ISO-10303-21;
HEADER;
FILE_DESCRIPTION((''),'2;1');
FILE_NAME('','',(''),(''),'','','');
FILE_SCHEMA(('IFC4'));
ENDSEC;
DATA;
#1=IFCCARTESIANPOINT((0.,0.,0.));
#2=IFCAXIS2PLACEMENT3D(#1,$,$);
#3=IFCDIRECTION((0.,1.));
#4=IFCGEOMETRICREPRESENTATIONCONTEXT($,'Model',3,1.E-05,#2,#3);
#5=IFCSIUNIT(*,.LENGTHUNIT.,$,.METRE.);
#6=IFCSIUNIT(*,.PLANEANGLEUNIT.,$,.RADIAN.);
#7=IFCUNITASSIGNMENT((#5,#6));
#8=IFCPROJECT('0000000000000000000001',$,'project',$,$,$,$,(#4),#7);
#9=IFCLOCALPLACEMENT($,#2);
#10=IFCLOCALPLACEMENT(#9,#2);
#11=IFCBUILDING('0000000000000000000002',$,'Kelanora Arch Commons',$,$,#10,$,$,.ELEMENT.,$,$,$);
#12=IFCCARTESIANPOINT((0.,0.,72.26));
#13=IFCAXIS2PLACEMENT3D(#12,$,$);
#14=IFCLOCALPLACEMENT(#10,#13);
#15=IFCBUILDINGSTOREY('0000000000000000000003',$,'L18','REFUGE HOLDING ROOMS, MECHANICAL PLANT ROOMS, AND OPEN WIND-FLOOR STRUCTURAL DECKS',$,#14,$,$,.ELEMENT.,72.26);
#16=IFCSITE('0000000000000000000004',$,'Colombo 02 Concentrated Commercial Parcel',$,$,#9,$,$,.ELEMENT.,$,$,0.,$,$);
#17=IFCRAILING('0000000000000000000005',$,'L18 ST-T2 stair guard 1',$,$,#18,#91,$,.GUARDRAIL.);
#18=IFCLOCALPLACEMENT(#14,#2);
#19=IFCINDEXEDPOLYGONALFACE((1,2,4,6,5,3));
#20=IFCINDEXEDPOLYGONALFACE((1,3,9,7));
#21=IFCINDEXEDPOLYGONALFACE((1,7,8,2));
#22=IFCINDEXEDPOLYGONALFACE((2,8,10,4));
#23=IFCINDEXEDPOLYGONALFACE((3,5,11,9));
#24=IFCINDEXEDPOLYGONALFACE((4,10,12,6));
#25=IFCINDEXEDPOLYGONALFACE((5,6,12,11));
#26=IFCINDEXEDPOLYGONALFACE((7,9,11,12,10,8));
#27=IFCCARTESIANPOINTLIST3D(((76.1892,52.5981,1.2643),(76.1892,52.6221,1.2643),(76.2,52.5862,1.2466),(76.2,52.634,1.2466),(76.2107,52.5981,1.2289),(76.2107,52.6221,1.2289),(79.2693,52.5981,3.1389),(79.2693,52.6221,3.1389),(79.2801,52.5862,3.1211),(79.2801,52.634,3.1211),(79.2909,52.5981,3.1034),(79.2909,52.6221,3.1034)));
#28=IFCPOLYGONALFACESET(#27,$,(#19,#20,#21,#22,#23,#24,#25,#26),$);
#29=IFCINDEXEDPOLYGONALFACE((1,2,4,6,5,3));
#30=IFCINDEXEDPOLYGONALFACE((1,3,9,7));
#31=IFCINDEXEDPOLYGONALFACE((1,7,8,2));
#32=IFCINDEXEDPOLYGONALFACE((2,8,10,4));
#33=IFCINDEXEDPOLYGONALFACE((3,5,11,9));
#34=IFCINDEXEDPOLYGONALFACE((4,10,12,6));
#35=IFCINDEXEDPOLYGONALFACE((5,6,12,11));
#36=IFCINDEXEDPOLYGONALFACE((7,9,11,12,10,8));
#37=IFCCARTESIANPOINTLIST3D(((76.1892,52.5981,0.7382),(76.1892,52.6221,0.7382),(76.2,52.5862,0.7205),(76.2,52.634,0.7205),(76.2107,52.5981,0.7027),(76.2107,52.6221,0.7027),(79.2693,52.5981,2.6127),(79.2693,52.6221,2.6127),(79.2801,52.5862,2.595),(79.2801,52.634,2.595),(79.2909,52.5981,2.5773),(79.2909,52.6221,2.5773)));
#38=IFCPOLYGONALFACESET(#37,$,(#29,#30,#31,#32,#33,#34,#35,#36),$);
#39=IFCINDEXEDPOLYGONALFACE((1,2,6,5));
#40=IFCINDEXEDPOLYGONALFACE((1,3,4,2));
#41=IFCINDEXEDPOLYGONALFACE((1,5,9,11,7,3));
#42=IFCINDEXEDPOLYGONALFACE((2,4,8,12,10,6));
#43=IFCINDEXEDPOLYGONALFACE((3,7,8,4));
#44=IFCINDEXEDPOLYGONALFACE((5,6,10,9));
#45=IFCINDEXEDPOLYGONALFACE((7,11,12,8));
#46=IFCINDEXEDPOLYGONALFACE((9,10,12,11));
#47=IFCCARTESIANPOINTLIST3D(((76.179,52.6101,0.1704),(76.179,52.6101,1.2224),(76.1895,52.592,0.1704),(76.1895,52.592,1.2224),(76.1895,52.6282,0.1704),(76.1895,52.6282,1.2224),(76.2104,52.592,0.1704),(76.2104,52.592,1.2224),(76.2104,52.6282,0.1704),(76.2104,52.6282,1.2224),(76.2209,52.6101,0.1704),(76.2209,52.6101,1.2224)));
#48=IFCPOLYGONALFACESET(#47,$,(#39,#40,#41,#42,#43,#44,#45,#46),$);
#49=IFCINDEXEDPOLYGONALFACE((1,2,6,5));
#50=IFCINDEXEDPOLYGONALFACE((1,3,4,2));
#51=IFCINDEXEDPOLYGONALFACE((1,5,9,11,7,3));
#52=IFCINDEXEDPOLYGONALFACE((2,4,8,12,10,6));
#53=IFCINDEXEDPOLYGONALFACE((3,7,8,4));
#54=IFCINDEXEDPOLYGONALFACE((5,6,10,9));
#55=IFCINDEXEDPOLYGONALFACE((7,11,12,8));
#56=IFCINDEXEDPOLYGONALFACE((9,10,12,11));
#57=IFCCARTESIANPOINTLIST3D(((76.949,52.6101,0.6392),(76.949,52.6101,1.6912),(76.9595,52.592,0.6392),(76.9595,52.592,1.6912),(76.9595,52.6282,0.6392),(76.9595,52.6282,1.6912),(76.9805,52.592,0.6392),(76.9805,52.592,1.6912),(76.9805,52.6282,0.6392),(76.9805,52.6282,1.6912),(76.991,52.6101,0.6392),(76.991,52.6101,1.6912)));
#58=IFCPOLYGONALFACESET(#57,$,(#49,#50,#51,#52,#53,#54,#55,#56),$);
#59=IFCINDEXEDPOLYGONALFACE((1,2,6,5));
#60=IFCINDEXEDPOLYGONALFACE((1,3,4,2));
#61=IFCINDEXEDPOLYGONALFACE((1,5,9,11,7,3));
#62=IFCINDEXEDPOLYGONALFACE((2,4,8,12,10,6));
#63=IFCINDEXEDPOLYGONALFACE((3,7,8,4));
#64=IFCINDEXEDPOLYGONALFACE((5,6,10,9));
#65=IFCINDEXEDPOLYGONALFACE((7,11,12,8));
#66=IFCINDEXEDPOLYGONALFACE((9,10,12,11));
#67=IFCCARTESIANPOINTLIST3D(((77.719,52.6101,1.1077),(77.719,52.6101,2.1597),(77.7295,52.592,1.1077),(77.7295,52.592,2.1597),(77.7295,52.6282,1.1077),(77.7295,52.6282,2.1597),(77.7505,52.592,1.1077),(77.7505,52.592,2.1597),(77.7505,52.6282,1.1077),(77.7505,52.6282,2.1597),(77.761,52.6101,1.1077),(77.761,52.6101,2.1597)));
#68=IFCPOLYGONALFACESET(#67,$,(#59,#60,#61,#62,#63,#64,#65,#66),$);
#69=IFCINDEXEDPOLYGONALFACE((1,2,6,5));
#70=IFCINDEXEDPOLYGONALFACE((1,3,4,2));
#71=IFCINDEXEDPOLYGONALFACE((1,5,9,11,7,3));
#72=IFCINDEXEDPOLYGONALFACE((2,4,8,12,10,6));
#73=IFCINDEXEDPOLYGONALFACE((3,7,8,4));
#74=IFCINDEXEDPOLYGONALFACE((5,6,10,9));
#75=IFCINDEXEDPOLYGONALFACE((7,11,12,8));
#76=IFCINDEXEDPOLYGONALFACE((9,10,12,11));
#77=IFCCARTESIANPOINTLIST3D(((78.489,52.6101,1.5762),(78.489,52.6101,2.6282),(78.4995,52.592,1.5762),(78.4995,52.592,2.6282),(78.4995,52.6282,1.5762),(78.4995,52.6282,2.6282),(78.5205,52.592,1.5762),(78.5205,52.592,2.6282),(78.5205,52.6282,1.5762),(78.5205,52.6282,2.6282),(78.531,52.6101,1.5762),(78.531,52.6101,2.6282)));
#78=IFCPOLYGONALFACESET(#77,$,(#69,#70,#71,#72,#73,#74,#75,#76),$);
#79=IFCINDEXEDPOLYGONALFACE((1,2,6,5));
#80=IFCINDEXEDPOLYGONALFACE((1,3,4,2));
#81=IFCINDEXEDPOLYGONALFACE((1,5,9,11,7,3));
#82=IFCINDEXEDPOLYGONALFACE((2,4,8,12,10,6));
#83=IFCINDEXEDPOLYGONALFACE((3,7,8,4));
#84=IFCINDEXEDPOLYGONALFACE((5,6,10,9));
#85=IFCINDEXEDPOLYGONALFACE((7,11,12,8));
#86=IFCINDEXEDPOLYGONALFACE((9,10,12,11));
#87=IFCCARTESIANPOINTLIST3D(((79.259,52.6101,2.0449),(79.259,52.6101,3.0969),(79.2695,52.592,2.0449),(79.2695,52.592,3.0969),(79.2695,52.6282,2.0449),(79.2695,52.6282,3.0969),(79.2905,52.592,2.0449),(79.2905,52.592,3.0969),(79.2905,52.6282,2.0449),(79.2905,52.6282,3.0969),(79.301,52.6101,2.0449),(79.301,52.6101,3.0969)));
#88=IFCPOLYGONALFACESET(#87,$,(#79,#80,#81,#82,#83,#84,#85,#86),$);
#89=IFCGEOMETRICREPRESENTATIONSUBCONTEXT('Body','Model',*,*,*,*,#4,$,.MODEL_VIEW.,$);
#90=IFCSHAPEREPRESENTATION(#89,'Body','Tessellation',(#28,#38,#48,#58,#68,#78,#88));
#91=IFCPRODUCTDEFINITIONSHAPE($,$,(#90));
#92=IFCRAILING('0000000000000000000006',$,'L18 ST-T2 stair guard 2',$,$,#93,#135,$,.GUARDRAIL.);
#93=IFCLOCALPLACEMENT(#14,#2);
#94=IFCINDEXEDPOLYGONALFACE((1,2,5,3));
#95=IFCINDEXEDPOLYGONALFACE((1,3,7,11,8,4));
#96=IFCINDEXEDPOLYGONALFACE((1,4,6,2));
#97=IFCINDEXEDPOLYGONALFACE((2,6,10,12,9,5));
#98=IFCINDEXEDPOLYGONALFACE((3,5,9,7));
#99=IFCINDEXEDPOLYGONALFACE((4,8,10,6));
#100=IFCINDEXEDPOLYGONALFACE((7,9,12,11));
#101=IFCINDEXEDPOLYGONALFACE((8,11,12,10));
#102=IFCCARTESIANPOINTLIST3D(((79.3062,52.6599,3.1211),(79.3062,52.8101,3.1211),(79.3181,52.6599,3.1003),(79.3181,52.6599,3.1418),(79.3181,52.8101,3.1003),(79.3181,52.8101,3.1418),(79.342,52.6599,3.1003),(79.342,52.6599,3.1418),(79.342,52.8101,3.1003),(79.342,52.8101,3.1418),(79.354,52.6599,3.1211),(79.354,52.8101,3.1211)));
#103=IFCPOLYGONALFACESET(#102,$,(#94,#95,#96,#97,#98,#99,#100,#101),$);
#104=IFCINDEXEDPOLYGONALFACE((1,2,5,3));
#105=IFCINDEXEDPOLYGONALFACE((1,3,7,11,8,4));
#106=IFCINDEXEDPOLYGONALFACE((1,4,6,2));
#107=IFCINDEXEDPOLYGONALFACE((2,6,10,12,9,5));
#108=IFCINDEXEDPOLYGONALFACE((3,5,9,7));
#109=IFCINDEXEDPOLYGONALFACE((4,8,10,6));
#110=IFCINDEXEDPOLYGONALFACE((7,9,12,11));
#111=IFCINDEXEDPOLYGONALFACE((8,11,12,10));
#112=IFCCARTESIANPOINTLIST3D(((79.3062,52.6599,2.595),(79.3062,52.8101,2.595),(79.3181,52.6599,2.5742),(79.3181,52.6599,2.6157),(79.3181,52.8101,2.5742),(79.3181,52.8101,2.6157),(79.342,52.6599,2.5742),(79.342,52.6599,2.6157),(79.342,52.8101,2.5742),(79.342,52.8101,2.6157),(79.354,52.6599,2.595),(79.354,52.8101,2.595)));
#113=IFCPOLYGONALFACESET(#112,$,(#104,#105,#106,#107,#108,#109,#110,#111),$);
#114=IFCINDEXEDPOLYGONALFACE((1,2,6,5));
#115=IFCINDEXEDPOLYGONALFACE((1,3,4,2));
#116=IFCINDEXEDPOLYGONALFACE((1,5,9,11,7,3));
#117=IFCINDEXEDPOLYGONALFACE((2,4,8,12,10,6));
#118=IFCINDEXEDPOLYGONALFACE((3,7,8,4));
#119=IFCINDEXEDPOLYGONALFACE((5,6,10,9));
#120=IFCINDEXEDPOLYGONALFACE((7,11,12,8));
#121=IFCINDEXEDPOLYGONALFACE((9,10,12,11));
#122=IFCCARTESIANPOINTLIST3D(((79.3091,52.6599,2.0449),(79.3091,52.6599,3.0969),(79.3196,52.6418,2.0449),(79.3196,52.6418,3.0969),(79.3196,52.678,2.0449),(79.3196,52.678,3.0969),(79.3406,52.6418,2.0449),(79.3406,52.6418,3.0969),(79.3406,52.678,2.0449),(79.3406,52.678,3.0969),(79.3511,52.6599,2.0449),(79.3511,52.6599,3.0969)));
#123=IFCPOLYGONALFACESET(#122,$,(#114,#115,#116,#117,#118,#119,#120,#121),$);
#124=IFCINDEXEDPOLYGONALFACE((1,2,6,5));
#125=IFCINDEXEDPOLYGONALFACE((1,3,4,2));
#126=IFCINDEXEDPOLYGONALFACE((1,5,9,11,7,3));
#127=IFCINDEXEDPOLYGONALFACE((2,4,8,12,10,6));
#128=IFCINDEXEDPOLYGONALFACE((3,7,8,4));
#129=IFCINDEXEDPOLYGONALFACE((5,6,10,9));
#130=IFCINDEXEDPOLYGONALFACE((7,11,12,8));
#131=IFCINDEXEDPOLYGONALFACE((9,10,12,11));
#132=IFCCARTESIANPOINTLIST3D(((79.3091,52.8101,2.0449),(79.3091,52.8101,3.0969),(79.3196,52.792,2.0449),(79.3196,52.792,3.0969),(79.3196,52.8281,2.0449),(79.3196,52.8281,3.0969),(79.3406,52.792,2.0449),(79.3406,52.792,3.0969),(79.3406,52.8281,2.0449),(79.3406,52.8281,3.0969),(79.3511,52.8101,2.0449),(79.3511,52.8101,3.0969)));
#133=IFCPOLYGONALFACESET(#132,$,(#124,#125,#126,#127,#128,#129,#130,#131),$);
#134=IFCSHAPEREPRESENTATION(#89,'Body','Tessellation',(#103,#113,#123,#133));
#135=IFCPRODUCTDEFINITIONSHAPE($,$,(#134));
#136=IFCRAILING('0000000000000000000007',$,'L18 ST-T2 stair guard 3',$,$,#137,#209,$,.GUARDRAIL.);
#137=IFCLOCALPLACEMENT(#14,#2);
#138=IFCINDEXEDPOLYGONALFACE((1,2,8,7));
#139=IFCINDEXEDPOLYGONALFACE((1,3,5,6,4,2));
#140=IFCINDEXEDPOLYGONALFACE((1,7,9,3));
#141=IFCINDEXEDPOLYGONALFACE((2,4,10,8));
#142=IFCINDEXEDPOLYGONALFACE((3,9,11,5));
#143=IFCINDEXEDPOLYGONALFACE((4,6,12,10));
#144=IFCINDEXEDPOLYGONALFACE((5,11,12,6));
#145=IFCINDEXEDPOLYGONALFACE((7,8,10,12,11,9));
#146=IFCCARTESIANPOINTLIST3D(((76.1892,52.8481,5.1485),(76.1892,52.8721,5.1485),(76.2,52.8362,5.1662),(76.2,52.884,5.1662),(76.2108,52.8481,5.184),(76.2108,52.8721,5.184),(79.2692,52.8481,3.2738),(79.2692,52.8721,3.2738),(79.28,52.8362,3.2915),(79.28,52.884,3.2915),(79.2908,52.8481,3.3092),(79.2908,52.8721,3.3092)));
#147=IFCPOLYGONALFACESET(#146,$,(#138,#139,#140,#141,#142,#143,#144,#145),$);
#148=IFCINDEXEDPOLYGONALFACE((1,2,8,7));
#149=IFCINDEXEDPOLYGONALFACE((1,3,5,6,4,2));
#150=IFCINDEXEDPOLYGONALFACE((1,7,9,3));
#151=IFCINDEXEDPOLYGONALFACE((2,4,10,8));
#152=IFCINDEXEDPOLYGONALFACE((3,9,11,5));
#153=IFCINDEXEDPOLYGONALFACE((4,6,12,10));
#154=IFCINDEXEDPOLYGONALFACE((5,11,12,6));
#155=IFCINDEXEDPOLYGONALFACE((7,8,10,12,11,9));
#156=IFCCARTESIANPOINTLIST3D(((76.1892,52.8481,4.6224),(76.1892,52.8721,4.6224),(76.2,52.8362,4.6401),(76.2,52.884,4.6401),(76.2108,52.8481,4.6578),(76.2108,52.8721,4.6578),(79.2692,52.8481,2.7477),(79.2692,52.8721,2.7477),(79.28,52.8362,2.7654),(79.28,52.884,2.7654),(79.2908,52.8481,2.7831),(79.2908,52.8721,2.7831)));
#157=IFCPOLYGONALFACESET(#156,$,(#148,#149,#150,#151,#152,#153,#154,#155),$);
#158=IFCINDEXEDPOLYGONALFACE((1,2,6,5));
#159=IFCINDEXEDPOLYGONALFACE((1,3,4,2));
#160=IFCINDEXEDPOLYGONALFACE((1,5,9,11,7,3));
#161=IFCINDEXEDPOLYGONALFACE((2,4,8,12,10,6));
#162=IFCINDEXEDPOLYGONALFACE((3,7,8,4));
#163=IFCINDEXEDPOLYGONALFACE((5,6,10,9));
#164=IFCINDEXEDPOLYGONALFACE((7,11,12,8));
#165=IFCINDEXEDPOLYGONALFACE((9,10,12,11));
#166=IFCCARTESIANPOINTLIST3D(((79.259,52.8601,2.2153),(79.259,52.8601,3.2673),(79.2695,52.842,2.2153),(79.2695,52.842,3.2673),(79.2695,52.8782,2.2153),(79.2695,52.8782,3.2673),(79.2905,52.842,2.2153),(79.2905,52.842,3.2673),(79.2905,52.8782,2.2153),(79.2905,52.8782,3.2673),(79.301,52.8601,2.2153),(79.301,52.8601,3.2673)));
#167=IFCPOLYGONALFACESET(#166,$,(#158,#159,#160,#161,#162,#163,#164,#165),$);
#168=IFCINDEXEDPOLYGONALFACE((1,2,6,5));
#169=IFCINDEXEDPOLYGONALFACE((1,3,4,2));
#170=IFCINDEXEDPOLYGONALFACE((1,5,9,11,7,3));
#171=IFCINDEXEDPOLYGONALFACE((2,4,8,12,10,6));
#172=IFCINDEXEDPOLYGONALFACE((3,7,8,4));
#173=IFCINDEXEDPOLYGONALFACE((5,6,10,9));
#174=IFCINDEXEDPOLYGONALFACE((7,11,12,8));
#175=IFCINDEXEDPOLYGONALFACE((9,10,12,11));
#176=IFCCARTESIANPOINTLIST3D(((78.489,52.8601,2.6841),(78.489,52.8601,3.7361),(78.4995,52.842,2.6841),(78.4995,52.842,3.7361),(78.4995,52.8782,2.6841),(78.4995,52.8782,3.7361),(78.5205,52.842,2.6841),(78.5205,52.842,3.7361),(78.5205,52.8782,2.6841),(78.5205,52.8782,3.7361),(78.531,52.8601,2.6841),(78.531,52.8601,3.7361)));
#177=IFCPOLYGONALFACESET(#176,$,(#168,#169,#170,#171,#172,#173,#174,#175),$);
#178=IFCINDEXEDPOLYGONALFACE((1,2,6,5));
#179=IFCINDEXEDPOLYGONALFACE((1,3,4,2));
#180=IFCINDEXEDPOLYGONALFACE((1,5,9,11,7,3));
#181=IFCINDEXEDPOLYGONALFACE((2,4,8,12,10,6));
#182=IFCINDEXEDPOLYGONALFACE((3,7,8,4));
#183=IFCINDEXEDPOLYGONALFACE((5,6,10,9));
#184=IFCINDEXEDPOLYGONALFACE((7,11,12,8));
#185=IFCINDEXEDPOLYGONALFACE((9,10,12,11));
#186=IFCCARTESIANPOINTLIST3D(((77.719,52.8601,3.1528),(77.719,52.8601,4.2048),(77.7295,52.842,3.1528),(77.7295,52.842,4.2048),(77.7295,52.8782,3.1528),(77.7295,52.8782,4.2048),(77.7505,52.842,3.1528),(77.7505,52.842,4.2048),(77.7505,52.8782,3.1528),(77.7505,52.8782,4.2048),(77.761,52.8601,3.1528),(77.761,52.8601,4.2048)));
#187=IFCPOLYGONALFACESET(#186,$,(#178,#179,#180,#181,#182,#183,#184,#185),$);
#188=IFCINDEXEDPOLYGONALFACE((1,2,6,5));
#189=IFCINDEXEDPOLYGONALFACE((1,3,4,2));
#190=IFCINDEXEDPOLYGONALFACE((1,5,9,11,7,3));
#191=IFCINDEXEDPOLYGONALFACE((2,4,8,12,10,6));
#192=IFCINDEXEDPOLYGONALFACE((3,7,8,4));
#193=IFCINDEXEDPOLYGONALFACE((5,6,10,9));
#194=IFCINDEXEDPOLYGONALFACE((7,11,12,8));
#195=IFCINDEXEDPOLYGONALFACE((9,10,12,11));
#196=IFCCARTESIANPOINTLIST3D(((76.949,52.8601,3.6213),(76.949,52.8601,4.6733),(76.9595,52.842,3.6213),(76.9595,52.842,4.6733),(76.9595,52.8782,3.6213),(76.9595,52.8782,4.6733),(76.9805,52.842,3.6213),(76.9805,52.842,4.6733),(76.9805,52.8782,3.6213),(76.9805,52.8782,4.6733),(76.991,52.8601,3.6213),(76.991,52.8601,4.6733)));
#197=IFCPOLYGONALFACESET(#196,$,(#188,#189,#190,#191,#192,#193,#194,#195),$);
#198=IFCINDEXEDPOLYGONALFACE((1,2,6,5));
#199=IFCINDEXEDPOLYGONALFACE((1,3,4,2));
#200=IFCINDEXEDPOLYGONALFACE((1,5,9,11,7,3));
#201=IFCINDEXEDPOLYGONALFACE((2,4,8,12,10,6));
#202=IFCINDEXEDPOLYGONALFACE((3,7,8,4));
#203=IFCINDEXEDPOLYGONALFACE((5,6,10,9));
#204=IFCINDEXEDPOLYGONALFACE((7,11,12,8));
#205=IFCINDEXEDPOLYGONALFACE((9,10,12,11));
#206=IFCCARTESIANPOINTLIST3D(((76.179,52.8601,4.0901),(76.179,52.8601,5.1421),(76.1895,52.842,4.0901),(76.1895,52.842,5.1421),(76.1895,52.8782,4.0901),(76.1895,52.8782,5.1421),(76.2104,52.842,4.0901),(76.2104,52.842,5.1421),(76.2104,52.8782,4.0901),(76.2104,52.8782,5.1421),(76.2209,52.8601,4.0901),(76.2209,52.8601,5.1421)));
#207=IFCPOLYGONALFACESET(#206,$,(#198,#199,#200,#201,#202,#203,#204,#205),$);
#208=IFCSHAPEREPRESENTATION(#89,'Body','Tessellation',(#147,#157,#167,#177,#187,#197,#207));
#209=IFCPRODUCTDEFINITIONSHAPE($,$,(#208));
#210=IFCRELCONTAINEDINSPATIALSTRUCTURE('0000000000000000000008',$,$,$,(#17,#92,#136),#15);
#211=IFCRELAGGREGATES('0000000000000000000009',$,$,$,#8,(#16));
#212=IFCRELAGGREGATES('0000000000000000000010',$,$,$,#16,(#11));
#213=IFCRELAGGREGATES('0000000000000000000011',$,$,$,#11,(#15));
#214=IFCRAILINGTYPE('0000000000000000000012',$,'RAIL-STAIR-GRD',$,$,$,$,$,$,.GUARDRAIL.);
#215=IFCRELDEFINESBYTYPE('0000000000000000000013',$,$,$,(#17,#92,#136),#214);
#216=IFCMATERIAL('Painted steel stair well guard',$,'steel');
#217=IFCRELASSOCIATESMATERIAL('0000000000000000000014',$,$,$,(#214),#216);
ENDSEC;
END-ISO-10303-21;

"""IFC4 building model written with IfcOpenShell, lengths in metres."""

from ifc_helpers import new_model, si_unit, direction, frame, origin, place, context, subcontext, project, spatial, polyline, outline, extrude, material, type_object, element, save


model = new_model("IFC4")

# Units and contexts
model_context = context("Model", 3, precision=1e-05, world=origin(), true_north=direction((0.0, 1.0)))
body_context = subcontext(model_context, "Body", "Model", "MODEL_VIEW")
ifc_project = project(units=[si_unit("LENGTHUNIT", "METRE"), si_unit("PLANEANGLEUNIT", "RADIAN")], contexts=[model_context])

# Site, building, storey
site_placement = place(None, origin())
site = spatial("IfcSite", under=ifc_project, at=site_placement, Name="Colombo 02 Concentrated Commercial Parcel", CompositionType="ELEMENT", RefElevation=0.0)
building_placement = place(site_placement, origin())
building = spatial("IfcBuilding", under=site, at=building_placement, Name="Kelanora Arch Commons", CompositionType="ELEMENT")
storey_placement = place(building_placement, frame((0.0, 0.0, 72.26)))
storey = spatial("IfcBuildingStorey", under=building, at=storey_placement, Name="L18", Description="REFUGE HOLDING ROOMS, MECHANICAL PLANT ROOMS, AND OPEN WIND-FLOOR STRUCTURAL DECKS", CompositionType="ELEMENT", Elevation=72.26)

# Railings
ifc_material_1 = material(Name="Painted steel stair well guard", Category="steel")
railing_type_1 = type_object("IfcRailingType", Name="RAIL-STAIR-GRD", PredefinedType="GUARDRAIL", material=ifc_material_1)
railing_1_placement = place(storey_placement, frame((76.2, 52.6101, 0.1704)))
element("IfcRailing", 1, at=railing_1_placement, inside=storey, type_object=railing_type_1, Name="L18 ST-T2 stair guard 1", PredefinedType="GUARDRAIL", context=body_context, shape_type="SweptSolid", body=[
    extrude(outline(polyline([(0.0239, 0.0), (0.012, 0.0208), (-0.012, 0.0208), (-0.0239, 0.0), (-0.012, -0.0208), (0.012, -0.0208), (0.0239, 0.0)])), frame((0.0, 0.0, 1.0762), z_axis=(0.854238, 0.0, 0.519883), x_axis=(0.0, 1.0, 0.0)), (0.0, 0.0, 1.0), 3.6057),
    extrude(outline(polyline([(0.0239, 0.0), (0.012, 0.0208), (-0.012, 0.0208), (-0.0239, 0.0), (-0.012, -0.0208), (0.012, -0.0208), (0.0239, 0.0)])), frame((0.0, 0.0, 0.55), z_axis=(0.854238, 0.0, 0.519883), x_axis=(0.0, 1.0, 0.0)), (0.0, 0.0, 1.0), 3.6057),
    extrude(outline(polyline([(0.021, 0.0), (0.0105, 0.0181), (-0.0105, 0.0181), (-0.021, 0.0), (-0.0105, -0.0181), (0.0105, -0.0181), (0.021, 0.0)])), origin(), (0.0, 0.0, 1.0), 1.052),
    extrude(outline(polyline([(0.021, 0.0), (0.0105, 0.0181), (-0.0105, 0.0181), (-0.021, 0.0), (-0.0105, -0.0181), (0.0105, -0.0181), (0.021, 0.0)])), frame((0.77, 0.0, 0.4688)), (0.0, 0.0, 1.0), 1.052),
    extrude(outline(polyline([(0.021, 0.0), (0.0105, 0.0181), (-0.0105, 0.0181), (-0.021, 0.0), (-0.0105, -0.0181), (0.0105, -0.0181), (0.021, 0.0)])), frame((1.54, 0.0, 0.9373)), (0.0, 0.0, 1.0), 1.052),
    extrude(outline(polyline([(0.021, 0.0), (0.0105, 0.0181), (-0.0105, 0.0181), (-0.021, 0.0), (-0.0105, -0.0181), (0.0105, -0.0181), (0.021, 0.0)])), frame((2.3101, 0.0, 1.4058)), (0.0, 0.0, 1.0), 1.052),
    extrude(outline(polyline([(0.021, 0.0), (0.0105, 0.0181), (-0.0105, 0.0181), (-0.021, 0.0), (-0.0105, -0.0181), (0.0105, -0.0181), (0.021, 0.0)])), frame((3.0801, 0.0, 1.8745)), (0.0, 0.0, 1.0), 1.052),
])
railing_2_placement = place(storey_placement, frame((79.3301, 52.6599, 2.0449)))
element("IfcRailing", 2, at=railing_2_placement, inside=storey, type_object=railing_type_1, Name="L18 ST-T2 stair guard 2", PredefinedType="GUARDRAIL", context=body_context, shape_type="SweptSolid", body=[
    extrude(outline(polyline([(0.0239, 0.0), (0.012, 0.0208), (-0.012, 0.0208), (-0.0239, 0.0), (-0.012, -0.0208), (0.012, -0.0208), (0.0239, 0.0)])), frame((0.0, 0.0, 1.0762), z_axis=(0.0, 1.0, 0.0), x_axis=(-1.0, 0.0, 0.0)), (0.0, 0.0, 1.0), 0.1501),
    extrude(outline(polyline([(0.0239, 0.0), (0.012, 0.0208), (-0.012, 0.0208), (-0.0239, 0.0), (-0.012, -0.0208), (0.012, -0.0208), (0.0239, 0.0)])), frame((0.0, 0.0, 0.55), z_axis=(0.0, 1.0, 0.0), x_axis=(-1.0, 0.0, 0.0)), (0.0, 0.0, 1.0), 0.1501),
    extrude(outline(polyline([(0.021, 0.0), (0.0105, 0.0181), (-0.0105, 0.0181), (-0.021, 0.0), (-0.0105, -0.0181), (0.0105, -0.0181), (0.021, 0.0)])), origin(), (0.0, 0.0, 1.0), 1.052),
    extrude(outline(polyline([(0.021, 0.0), (0.0105, 0.0181), (-0.0105, 0.0181), (-0.021, 0.0), (-0.0105, -0.0181), (0.0105, -0.0181), (0.021, 0.0)])), frame((0.0, 0.1501, 0.0)), (0.0, 0.0, 1.0), 1.052),
])
railing_3_placement = place(storey_placement, frame((79.28, 52.8601, 2.2153)))
element("IfcRailing", 3, at=railing_3_placement, inside=storey, type_object=railing_type_1, Name="L18 ST-T2 stair guard 3", PredefinedType="GUARDRAIL", context=body_context, shape_type="SweptSolid", body=[
    extrude(outline(polyline([(0.0239, 0.0), (0.012, 0.0208), (-0.012, 0.0208), (-0.0239, 0.0), (-0.012, -0.0208), (0.012, -0.0208), (0.0239, 0.0)])), frame((0.0, 0.0, 1.0762), z_axis=(-0.854208, 0.0, 0.519932), x_axis=(0.0, -1.0, 0.0)), (0.0, 0.0, 1.0), 3.6057),
    extrude(outline(polyline([(0.0239, 0.0), (0.012, 0.0208), (-0.012, 0.0208), (-0.0239, 0.0), (-0.012, -0.0208), (0.012, -0.0208), (0.0239, 0.0)])), frame((0.0, 0.0, 0.55), z_axis=(-0.854208, 0.0, 0.519932), x_axis=(0.0, -1.0, 0.0)), (0.0, 0.0, 1.0), 3.6057),
    extrude(outline(polyline([(0.021, 0.0), (0.0105, 0.0181), (-0.0105, 0.0181), (-0.021, 0.0), (-0.0105, -0.0181), (0.0105, -0.0181), (0.021, 0.0)])), origin(), (0.0, 0.0, 1.0), 1.052),
    extrude(outline(polyline([(0.021, 0.0), (0.0105, 0.0181), (-0.0105, 0.0181), (-0.021, 0.0), (-0.0105, -0.0181), (0.0105, -0.0181), (0.021, 0.0)])), frame((-0.77, 0.0, 0.4688)), (0.0, 0.0, 1.0), 1.052),
    extrude(outline(polyline([(0.021, 0.0), (0.0105, 0.0181), (-0.0105, 0.0181), (-0.021, 0.0), (-0.0105, -0.0181), (0.0105, -0.0181), (0.021, 0.0)])), frame((-1.54, 0.0, 0.9375)), (0.0, 0.0, 1.0), 1.052),
    extrude(outline(polyline([(0.021, 0.0), (0.0105, 0.0181), (-0.0105, 0.0181), (-0.021, 0.0), (-0.0105, -0.0181), (0.0105, -0.0181), (0.021, 0.0)])), frame((-2.3101, 0.0, 1.406)), (0.0, 0.0, 1.0), 1.052),
    extrude(outline(polyline([(0.021, 0.0), (0.0105, 0.0181), (-0.0105, 0.0181), (-0.021, 0.0), (-0.0105, -0.0181), (0.0105, -0.0181), (0.021, 0.0)])), frame((-3.0801, 0.0, 1.8748)), (0.0, 0.0, 1.0), 1.052),
])

save(model, "model.ifc")
